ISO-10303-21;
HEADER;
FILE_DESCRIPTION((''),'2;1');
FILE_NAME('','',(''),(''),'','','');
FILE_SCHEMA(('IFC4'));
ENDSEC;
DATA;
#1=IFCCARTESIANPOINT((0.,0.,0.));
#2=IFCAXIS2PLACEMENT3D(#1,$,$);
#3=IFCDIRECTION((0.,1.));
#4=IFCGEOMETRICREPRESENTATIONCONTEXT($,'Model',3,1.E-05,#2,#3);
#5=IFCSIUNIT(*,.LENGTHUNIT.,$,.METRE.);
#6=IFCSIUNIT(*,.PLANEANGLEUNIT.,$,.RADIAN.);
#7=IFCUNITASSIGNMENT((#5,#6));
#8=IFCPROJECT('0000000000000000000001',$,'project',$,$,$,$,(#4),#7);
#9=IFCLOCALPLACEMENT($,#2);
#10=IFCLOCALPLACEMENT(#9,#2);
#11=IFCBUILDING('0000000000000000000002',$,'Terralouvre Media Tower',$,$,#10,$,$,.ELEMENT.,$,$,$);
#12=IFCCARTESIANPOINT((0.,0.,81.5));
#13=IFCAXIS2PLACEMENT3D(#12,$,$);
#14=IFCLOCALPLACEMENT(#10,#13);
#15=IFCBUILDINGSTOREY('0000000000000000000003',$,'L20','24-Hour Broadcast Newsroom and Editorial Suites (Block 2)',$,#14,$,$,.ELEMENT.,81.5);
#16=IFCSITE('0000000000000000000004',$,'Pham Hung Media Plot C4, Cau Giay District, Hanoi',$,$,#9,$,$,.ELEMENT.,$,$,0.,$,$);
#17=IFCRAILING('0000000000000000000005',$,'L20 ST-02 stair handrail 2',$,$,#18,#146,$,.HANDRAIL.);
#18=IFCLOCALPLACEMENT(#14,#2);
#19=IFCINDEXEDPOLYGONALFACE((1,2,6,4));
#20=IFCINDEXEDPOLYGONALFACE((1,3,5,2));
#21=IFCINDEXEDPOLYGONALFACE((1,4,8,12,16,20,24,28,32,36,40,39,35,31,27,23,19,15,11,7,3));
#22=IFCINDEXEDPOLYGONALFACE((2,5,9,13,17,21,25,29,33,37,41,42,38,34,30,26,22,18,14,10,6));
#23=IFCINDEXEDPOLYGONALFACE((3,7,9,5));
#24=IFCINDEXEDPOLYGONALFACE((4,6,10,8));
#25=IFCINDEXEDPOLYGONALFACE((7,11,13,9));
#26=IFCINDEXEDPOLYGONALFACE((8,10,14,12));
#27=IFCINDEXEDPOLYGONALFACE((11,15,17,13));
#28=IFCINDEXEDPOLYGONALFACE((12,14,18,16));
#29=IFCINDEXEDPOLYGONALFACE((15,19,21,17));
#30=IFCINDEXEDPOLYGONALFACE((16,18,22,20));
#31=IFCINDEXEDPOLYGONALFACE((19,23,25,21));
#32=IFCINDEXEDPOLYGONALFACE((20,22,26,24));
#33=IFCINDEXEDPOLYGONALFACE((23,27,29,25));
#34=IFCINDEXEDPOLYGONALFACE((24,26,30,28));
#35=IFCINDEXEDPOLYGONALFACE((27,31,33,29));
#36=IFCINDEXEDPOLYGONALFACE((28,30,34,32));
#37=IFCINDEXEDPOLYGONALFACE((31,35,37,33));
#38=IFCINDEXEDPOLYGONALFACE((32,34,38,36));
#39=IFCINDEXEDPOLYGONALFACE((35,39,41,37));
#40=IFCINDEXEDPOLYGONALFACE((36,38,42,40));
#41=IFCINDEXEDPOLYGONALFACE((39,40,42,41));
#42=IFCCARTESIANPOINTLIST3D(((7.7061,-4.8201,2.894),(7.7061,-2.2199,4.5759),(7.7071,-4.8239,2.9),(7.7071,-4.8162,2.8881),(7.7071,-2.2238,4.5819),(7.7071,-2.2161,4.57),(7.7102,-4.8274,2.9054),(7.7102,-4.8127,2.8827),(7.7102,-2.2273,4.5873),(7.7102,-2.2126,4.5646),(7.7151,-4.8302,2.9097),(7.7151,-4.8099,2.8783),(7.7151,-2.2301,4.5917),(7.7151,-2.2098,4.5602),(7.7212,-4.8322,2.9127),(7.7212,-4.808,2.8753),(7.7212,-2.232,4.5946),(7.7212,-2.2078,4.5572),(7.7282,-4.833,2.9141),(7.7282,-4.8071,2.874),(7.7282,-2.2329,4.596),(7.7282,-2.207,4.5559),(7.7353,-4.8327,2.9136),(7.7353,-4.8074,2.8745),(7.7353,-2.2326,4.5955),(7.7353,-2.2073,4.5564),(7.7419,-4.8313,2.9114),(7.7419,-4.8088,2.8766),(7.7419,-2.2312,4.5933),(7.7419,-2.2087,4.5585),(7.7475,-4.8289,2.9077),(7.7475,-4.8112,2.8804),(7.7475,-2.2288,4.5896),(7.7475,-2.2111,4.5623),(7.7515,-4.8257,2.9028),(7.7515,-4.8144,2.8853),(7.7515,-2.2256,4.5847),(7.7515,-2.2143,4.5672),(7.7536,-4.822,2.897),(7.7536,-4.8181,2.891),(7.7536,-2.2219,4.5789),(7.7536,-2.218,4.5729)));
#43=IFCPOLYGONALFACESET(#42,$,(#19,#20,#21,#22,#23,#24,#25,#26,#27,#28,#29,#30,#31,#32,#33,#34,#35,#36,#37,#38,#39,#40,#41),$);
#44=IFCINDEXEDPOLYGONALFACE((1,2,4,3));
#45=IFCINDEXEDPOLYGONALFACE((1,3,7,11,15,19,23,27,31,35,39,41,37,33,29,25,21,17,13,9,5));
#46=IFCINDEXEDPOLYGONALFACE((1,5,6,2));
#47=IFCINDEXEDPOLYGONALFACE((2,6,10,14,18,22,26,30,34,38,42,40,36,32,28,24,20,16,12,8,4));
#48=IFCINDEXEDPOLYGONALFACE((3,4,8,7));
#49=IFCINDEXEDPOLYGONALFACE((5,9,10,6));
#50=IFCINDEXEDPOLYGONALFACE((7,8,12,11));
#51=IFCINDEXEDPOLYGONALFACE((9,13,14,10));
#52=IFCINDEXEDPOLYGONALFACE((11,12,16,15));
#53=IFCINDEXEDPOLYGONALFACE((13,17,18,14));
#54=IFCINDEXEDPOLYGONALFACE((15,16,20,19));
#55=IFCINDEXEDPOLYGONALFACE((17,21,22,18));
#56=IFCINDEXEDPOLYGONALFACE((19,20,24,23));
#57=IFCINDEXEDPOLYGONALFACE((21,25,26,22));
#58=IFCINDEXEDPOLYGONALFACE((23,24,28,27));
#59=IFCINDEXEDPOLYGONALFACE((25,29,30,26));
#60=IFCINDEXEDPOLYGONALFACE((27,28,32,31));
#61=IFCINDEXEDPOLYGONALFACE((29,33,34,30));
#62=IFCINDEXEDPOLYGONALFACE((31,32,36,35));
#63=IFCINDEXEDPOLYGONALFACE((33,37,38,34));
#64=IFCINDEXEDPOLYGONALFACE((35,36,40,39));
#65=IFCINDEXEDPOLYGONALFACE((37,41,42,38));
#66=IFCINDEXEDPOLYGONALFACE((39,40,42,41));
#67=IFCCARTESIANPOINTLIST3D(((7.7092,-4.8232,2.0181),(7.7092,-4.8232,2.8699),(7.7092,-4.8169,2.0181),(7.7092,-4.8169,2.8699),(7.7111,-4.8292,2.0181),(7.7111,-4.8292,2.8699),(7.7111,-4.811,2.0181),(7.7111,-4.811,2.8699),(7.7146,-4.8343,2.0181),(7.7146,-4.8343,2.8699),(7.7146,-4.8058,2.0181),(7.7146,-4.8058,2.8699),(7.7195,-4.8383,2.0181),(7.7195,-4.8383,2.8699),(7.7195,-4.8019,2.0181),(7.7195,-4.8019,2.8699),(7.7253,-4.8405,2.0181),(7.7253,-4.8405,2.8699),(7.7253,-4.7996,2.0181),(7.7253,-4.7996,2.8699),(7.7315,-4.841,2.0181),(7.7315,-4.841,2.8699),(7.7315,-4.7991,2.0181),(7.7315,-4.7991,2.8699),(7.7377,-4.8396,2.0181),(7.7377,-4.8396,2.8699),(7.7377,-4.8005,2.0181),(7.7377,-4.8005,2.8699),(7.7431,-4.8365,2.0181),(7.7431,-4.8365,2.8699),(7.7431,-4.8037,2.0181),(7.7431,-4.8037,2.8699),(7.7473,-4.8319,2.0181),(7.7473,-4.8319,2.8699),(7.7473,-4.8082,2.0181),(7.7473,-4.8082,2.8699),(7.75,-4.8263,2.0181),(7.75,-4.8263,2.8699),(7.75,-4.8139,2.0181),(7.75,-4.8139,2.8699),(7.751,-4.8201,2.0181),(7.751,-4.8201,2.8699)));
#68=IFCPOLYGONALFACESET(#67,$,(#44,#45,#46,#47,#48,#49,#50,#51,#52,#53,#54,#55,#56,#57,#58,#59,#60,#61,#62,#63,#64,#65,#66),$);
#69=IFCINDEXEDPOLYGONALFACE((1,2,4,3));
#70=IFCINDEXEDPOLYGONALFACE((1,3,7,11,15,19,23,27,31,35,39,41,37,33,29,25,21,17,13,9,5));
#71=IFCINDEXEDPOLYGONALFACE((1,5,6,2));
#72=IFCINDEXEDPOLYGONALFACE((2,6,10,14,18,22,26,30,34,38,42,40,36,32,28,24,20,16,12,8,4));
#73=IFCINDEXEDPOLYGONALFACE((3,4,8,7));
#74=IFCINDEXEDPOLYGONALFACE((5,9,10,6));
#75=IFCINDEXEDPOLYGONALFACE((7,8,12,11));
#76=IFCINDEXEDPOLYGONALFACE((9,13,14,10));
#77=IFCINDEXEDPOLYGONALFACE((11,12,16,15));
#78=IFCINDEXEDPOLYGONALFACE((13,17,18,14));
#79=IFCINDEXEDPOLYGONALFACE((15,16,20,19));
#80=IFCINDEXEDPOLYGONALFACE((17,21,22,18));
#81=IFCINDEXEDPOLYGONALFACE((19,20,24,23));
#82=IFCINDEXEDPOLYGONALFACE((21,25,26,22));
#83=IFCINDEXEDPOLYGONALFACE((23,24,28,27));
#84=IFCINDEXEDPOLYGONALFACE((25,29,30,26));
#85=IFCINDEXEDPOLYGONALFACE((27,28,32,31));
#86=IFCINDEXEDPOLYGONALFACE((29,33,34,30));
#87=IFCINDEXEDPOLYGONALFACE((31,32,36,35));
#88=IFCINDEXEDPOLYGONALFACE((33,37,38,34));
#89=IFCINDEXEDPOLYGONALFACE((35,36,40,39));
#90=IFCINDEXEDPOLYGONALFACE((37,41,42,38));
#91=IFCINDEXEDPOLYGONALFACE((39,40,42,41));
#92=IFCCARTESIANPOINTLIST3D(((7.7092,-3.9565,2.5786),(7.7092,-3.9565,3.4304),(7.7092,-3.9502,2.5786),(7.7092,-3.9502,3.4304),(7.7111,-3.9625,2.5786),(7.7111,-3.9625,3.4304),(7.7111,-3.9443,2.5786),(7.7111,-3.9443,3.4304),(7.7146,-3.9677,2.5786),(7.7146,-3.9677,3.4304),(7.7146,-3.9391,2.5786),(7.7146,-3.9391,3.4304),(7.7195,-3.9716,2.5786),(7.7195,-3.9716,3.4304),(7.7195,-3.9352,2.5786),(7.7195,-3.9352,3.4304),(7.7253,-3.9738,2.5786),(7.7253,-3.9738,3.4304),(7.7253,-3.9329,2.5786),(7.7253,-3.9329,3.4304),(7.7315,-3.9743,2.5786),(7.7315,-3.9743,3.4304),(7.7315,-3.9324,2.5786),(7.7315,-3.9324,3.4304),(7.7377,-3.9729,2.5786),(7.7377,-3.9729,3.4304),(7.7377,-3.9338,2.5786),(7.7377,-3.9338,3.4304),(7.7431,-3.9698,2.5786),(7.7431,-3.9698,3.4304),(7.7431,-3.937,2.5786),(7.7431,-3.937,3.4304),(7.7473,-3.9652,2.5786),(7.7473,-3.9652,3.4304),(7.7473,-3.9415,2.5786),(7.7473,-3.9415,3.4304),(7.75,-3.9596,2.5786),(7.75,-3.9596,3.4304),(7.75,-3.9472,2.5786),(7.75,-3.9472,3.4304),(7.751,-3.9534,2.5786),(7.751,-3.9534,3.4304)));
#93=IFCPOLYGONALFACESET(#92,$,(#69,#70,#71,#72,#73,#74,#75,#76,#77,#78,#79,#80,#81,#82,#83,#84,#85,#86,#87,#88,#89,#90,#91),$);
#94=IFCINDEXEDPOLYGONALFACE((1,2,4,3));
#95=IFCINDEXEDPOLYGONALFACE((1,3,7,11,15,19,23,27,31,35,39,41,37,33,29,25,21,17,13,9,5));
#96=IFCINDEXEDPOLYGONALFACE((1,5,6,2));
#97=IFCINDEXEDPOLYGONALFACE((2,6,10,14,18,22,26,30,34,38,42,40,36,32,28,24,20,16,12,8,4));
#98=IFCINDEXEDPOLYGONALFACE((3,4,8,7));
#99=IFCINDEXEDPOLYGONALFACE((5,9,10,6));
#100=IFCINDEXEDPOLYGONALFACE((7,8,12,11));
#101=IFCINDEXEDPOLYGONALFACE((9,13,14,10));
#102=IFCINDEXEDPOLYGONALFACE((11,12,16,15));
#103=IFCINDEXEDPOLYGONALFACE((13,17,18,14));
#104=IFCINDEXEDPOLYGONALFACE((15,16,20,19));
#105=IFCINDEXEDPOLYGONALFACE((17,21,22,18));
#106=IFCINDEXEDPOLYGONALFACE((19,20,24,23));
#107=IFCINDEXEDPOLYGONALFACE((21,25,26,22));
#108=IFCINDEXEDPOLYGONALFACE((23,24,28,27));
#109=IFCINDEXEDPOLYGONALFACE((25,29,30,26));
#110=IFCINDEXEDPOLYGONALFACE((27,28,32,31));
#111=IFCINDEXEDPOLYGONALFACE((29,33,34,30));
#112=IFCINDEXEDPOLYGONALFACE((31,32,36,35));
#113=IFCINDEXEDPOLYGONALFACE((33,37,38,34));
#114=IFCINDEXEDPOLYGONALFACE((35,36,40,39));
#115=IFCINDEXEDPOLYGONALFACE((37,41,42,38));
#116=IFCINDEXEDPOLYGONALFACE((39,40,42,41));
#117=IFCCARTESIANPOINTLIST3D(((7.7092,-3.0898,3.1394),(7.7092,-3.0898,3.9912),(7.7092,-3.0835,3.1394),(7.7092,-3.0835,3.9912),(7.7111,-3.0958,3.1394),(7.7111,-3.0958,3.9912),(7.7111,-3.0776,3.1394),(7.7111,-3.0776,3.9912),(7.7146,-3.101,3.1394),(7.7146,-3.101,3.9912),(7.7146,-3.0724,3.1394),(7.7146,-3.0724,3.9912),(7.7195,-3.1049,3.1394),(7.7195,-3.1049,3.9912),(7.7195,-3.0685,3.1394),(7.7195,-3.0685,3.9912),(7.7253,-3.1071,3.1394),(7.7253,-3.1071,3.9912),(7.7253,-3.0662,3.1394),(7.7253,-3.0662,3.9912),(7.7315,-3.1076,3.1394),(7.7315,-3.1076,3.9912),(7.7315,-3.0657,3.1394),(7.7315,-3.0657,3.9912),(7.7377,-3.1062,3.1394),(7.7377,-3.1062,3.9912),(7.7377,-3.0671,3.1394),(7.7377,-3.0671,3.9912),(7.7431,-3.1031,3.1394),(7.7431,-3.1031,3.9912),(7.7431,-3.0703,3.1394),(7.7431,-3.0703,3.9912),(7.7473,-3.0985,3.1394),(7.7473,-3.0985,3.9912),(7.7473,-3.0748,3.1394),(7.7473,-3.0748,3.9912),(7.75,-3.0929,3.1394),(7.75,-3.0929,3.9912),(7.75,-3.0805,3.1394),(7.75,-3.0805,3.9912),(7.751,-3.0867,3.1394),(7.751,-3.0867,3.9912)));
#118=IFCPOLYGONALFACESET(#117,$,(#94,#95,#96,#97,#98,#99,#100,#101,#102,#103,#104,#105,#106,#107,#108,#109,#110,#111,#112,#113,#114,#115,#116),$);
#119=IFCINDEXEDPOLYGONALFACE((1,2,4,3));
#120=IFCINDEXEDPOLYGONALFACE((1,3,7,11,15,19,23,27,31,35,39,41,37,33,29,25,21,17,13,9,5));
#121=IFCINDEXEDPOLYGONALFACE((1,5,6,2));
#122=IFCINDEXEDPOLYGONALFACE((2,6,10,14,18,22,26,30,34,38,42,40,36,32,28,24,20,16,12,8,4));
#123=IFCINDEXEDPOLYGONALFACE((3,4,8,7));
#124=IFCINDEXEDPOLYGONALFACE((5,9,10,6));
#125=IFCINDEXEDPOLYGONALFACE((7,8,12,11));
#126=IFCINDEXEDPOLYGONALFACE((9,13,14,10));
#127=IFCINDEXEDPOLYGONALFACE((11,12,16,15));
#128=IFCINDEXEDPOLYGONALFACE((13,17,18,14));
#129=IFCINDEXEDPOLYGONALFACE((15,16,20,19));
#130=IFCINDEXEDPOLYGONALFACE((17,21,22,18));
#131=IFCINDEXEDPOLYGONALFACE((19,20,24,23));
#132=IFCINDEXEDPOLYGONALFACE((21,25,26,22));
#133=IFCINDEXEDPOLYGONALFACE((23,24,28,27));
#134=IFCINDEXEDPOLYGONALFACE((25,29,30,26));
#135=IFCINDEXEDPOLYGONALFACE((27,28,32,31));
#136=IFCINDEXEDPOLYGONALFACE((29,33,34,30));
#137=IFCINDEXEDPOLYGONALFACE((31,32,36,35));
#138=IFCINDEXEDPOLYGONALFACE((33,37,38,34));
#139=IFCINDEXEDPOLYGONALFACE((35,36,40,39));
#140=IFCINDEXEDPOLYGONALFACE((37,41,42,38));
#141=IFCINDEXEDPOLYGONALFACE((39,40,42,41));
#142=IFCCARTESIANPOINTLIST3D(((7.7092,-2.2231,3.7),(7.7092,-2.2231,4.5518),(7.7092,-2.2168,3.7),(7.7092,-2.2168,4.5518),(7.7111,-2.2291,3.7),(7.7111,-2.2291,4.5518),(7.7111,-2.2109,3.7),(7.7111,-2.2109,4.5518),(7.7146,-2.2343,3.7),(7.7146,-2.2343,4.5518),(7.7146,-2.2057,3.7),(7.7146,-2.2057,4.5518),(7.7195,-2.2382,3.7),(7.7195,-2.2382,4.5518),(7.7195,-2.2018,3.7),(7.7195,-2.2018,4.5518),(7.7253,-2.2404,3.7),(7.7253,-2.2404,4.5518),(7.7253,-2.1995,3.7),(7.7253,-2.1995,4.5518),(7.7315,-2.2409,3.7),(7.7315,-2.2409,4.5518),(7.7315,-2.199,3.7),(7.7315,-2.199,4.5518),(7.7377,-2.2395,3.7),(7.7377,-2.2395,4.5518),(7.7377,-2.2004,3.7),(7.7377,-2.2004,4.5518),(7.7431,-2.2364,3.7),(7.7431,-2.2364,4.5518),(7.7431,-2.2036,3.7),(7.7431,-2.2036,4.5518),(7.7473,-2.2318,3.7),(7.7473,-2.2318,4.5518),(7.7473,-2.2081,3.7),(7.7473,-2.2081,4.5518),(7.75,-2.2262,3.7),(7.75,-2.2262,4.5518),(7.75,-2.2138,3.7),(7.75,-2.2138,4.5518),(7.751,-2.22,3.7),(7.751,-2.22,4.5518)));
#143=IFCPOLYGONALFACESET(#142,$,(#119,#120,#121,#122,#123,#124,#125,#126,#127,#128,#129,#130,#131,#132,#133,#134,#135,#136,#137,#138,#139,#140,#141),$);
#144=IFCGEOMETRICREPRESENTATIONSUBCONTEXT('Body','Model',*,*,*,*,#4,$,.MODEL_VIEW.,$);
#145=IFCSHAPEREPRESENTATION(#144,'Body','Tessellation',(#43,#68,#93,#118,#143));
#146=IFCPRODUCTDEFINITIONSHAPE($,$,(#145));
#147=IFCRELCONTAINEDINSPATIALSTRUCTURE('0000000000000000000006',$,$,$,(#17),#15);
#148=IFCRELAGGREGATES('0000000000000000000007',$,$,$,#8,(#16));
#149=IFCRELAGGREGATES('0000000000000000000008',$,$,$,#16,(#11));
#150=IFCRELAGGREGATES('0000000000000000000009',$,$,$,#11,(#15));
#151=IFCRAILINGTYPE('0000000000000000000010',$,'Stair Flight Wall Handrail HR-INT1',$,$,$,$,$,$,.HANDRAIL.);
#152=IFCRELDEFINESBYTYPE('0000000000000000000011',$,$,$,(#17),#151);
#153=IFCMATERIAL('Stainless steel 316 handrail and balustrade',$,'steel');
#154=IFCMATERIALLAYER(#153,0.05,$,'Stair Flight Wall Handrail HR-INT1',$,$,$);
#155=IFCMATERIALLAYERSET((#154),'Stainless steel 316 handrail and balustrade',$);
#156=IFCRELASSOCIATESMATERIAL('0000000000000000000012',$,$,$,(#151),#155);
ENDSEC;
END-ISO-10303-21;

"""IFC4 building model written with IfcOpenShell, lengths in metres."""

from ifc_helpers import new_model, si_unit, direction, frame, origin, origin_2d, place, context, subcontext, project, spatial, circle, extrude, material, layer, layer_set, type_object, element, save


model = new_model("IFC4")

# Units and contexts
model_context = context("Model", 3, precision=1e-05, world=origin(), true_north=direction((0.0, 1.0)))
body_context = subcontext(model_context, "Body", "Model", "MODEL_VIEW")
ifc_project = project(units=[si_unit("LENGTHUNIT", "METRE"), si_unit("PLANEANGLEUNIT", "RADIAN")], contexts=[model_context])

# Site, building, storey
site_placement = place(None, origin())
site = spatial("IfcSite", under=ifc_project, at=site_placement, Name="Pham Hung Media Plot C4, Cau Giay District, Hanoi", CompositionType="ELEMENT", RefElevation=0.0)
building_placement = place(site_placement, origin())
building = spatial("IfcBuilding", under=site, at=building_placement, Name="Terralouvre Media Tower", CompositionType="ELEMENT")
storey_placement = place(building_placement, frame((0.0, 0.0, 81.5)))
storey = spatial("IfcBuildingStorey", under=building, at=storey_placement, Name="L20", Description="24-Hour Broadcast Newsroom and Editorial Suites (Block 2)", CompositionType="ELEMENT", Elevation=81.5)

# Railing
ifc_material_1 = material(Name="Stainless steel 316 handrail and balustrade", Category="steel")
ifc_layer_1 = layer(ifc_material_1, 0.05, Name="Stair Flight Wall Handrail HR-INT1")
ifc_layer_set_1 = layer_set([ifc_layer_1], Name="Stainless steel 316 handrail and balustrade")
railing_type_1 = type_object("IfcRailingType", Name="Stair Flight Wall Handrail HR-INT1", PredefinedType="HANDRAIL", material=ifc_layer_set_1)
railing_1_placement = place(storey_placement, frame((7.73, -4.8201, 2.0181)))
element("IfcRailing", 1, at=railing_1_placement, inside=storey, type_object=railing_type_1, Name="L20 ST-02 stair handrail 2", PredefinedType="HANDRAIL", context=body_context, shape_type="SweptSolid", body=[
    extrude(circle(Radius=0.0239, at=origin_2d()), frame((0.0, 0.0, 0.876), z_axis=(0.0, 0.839648, 0.54313), x_axis=(-1.0, 0.0, 0.0)), (0.0, 0.0, 1.0), 3.0967),
    extrude(circle(Radius=0.021, at=origin_2d()), origin(), (0.0, 0.0, 1.0), 0.8518),
    extrude(circle(Radius=0.021, at=origin_2d()), frame((0.0, 0.8667, 0.5605)), (0.0, 0.0, 1.0), 0.8518),
    extrude(circle(Radius=0.021, at=origin_2d()), frame((0.0, 1.7334, 1.1213)), (0.0, 0.0, 1.0), 0.8518),
    extrude(circle(Radius=0.021, at=origin_2d()), frame((0.0, 2.6001, 1.6819)), (0.0, 0.0, 1.0), 0.8518),
])

save(model, "model.ifc")
